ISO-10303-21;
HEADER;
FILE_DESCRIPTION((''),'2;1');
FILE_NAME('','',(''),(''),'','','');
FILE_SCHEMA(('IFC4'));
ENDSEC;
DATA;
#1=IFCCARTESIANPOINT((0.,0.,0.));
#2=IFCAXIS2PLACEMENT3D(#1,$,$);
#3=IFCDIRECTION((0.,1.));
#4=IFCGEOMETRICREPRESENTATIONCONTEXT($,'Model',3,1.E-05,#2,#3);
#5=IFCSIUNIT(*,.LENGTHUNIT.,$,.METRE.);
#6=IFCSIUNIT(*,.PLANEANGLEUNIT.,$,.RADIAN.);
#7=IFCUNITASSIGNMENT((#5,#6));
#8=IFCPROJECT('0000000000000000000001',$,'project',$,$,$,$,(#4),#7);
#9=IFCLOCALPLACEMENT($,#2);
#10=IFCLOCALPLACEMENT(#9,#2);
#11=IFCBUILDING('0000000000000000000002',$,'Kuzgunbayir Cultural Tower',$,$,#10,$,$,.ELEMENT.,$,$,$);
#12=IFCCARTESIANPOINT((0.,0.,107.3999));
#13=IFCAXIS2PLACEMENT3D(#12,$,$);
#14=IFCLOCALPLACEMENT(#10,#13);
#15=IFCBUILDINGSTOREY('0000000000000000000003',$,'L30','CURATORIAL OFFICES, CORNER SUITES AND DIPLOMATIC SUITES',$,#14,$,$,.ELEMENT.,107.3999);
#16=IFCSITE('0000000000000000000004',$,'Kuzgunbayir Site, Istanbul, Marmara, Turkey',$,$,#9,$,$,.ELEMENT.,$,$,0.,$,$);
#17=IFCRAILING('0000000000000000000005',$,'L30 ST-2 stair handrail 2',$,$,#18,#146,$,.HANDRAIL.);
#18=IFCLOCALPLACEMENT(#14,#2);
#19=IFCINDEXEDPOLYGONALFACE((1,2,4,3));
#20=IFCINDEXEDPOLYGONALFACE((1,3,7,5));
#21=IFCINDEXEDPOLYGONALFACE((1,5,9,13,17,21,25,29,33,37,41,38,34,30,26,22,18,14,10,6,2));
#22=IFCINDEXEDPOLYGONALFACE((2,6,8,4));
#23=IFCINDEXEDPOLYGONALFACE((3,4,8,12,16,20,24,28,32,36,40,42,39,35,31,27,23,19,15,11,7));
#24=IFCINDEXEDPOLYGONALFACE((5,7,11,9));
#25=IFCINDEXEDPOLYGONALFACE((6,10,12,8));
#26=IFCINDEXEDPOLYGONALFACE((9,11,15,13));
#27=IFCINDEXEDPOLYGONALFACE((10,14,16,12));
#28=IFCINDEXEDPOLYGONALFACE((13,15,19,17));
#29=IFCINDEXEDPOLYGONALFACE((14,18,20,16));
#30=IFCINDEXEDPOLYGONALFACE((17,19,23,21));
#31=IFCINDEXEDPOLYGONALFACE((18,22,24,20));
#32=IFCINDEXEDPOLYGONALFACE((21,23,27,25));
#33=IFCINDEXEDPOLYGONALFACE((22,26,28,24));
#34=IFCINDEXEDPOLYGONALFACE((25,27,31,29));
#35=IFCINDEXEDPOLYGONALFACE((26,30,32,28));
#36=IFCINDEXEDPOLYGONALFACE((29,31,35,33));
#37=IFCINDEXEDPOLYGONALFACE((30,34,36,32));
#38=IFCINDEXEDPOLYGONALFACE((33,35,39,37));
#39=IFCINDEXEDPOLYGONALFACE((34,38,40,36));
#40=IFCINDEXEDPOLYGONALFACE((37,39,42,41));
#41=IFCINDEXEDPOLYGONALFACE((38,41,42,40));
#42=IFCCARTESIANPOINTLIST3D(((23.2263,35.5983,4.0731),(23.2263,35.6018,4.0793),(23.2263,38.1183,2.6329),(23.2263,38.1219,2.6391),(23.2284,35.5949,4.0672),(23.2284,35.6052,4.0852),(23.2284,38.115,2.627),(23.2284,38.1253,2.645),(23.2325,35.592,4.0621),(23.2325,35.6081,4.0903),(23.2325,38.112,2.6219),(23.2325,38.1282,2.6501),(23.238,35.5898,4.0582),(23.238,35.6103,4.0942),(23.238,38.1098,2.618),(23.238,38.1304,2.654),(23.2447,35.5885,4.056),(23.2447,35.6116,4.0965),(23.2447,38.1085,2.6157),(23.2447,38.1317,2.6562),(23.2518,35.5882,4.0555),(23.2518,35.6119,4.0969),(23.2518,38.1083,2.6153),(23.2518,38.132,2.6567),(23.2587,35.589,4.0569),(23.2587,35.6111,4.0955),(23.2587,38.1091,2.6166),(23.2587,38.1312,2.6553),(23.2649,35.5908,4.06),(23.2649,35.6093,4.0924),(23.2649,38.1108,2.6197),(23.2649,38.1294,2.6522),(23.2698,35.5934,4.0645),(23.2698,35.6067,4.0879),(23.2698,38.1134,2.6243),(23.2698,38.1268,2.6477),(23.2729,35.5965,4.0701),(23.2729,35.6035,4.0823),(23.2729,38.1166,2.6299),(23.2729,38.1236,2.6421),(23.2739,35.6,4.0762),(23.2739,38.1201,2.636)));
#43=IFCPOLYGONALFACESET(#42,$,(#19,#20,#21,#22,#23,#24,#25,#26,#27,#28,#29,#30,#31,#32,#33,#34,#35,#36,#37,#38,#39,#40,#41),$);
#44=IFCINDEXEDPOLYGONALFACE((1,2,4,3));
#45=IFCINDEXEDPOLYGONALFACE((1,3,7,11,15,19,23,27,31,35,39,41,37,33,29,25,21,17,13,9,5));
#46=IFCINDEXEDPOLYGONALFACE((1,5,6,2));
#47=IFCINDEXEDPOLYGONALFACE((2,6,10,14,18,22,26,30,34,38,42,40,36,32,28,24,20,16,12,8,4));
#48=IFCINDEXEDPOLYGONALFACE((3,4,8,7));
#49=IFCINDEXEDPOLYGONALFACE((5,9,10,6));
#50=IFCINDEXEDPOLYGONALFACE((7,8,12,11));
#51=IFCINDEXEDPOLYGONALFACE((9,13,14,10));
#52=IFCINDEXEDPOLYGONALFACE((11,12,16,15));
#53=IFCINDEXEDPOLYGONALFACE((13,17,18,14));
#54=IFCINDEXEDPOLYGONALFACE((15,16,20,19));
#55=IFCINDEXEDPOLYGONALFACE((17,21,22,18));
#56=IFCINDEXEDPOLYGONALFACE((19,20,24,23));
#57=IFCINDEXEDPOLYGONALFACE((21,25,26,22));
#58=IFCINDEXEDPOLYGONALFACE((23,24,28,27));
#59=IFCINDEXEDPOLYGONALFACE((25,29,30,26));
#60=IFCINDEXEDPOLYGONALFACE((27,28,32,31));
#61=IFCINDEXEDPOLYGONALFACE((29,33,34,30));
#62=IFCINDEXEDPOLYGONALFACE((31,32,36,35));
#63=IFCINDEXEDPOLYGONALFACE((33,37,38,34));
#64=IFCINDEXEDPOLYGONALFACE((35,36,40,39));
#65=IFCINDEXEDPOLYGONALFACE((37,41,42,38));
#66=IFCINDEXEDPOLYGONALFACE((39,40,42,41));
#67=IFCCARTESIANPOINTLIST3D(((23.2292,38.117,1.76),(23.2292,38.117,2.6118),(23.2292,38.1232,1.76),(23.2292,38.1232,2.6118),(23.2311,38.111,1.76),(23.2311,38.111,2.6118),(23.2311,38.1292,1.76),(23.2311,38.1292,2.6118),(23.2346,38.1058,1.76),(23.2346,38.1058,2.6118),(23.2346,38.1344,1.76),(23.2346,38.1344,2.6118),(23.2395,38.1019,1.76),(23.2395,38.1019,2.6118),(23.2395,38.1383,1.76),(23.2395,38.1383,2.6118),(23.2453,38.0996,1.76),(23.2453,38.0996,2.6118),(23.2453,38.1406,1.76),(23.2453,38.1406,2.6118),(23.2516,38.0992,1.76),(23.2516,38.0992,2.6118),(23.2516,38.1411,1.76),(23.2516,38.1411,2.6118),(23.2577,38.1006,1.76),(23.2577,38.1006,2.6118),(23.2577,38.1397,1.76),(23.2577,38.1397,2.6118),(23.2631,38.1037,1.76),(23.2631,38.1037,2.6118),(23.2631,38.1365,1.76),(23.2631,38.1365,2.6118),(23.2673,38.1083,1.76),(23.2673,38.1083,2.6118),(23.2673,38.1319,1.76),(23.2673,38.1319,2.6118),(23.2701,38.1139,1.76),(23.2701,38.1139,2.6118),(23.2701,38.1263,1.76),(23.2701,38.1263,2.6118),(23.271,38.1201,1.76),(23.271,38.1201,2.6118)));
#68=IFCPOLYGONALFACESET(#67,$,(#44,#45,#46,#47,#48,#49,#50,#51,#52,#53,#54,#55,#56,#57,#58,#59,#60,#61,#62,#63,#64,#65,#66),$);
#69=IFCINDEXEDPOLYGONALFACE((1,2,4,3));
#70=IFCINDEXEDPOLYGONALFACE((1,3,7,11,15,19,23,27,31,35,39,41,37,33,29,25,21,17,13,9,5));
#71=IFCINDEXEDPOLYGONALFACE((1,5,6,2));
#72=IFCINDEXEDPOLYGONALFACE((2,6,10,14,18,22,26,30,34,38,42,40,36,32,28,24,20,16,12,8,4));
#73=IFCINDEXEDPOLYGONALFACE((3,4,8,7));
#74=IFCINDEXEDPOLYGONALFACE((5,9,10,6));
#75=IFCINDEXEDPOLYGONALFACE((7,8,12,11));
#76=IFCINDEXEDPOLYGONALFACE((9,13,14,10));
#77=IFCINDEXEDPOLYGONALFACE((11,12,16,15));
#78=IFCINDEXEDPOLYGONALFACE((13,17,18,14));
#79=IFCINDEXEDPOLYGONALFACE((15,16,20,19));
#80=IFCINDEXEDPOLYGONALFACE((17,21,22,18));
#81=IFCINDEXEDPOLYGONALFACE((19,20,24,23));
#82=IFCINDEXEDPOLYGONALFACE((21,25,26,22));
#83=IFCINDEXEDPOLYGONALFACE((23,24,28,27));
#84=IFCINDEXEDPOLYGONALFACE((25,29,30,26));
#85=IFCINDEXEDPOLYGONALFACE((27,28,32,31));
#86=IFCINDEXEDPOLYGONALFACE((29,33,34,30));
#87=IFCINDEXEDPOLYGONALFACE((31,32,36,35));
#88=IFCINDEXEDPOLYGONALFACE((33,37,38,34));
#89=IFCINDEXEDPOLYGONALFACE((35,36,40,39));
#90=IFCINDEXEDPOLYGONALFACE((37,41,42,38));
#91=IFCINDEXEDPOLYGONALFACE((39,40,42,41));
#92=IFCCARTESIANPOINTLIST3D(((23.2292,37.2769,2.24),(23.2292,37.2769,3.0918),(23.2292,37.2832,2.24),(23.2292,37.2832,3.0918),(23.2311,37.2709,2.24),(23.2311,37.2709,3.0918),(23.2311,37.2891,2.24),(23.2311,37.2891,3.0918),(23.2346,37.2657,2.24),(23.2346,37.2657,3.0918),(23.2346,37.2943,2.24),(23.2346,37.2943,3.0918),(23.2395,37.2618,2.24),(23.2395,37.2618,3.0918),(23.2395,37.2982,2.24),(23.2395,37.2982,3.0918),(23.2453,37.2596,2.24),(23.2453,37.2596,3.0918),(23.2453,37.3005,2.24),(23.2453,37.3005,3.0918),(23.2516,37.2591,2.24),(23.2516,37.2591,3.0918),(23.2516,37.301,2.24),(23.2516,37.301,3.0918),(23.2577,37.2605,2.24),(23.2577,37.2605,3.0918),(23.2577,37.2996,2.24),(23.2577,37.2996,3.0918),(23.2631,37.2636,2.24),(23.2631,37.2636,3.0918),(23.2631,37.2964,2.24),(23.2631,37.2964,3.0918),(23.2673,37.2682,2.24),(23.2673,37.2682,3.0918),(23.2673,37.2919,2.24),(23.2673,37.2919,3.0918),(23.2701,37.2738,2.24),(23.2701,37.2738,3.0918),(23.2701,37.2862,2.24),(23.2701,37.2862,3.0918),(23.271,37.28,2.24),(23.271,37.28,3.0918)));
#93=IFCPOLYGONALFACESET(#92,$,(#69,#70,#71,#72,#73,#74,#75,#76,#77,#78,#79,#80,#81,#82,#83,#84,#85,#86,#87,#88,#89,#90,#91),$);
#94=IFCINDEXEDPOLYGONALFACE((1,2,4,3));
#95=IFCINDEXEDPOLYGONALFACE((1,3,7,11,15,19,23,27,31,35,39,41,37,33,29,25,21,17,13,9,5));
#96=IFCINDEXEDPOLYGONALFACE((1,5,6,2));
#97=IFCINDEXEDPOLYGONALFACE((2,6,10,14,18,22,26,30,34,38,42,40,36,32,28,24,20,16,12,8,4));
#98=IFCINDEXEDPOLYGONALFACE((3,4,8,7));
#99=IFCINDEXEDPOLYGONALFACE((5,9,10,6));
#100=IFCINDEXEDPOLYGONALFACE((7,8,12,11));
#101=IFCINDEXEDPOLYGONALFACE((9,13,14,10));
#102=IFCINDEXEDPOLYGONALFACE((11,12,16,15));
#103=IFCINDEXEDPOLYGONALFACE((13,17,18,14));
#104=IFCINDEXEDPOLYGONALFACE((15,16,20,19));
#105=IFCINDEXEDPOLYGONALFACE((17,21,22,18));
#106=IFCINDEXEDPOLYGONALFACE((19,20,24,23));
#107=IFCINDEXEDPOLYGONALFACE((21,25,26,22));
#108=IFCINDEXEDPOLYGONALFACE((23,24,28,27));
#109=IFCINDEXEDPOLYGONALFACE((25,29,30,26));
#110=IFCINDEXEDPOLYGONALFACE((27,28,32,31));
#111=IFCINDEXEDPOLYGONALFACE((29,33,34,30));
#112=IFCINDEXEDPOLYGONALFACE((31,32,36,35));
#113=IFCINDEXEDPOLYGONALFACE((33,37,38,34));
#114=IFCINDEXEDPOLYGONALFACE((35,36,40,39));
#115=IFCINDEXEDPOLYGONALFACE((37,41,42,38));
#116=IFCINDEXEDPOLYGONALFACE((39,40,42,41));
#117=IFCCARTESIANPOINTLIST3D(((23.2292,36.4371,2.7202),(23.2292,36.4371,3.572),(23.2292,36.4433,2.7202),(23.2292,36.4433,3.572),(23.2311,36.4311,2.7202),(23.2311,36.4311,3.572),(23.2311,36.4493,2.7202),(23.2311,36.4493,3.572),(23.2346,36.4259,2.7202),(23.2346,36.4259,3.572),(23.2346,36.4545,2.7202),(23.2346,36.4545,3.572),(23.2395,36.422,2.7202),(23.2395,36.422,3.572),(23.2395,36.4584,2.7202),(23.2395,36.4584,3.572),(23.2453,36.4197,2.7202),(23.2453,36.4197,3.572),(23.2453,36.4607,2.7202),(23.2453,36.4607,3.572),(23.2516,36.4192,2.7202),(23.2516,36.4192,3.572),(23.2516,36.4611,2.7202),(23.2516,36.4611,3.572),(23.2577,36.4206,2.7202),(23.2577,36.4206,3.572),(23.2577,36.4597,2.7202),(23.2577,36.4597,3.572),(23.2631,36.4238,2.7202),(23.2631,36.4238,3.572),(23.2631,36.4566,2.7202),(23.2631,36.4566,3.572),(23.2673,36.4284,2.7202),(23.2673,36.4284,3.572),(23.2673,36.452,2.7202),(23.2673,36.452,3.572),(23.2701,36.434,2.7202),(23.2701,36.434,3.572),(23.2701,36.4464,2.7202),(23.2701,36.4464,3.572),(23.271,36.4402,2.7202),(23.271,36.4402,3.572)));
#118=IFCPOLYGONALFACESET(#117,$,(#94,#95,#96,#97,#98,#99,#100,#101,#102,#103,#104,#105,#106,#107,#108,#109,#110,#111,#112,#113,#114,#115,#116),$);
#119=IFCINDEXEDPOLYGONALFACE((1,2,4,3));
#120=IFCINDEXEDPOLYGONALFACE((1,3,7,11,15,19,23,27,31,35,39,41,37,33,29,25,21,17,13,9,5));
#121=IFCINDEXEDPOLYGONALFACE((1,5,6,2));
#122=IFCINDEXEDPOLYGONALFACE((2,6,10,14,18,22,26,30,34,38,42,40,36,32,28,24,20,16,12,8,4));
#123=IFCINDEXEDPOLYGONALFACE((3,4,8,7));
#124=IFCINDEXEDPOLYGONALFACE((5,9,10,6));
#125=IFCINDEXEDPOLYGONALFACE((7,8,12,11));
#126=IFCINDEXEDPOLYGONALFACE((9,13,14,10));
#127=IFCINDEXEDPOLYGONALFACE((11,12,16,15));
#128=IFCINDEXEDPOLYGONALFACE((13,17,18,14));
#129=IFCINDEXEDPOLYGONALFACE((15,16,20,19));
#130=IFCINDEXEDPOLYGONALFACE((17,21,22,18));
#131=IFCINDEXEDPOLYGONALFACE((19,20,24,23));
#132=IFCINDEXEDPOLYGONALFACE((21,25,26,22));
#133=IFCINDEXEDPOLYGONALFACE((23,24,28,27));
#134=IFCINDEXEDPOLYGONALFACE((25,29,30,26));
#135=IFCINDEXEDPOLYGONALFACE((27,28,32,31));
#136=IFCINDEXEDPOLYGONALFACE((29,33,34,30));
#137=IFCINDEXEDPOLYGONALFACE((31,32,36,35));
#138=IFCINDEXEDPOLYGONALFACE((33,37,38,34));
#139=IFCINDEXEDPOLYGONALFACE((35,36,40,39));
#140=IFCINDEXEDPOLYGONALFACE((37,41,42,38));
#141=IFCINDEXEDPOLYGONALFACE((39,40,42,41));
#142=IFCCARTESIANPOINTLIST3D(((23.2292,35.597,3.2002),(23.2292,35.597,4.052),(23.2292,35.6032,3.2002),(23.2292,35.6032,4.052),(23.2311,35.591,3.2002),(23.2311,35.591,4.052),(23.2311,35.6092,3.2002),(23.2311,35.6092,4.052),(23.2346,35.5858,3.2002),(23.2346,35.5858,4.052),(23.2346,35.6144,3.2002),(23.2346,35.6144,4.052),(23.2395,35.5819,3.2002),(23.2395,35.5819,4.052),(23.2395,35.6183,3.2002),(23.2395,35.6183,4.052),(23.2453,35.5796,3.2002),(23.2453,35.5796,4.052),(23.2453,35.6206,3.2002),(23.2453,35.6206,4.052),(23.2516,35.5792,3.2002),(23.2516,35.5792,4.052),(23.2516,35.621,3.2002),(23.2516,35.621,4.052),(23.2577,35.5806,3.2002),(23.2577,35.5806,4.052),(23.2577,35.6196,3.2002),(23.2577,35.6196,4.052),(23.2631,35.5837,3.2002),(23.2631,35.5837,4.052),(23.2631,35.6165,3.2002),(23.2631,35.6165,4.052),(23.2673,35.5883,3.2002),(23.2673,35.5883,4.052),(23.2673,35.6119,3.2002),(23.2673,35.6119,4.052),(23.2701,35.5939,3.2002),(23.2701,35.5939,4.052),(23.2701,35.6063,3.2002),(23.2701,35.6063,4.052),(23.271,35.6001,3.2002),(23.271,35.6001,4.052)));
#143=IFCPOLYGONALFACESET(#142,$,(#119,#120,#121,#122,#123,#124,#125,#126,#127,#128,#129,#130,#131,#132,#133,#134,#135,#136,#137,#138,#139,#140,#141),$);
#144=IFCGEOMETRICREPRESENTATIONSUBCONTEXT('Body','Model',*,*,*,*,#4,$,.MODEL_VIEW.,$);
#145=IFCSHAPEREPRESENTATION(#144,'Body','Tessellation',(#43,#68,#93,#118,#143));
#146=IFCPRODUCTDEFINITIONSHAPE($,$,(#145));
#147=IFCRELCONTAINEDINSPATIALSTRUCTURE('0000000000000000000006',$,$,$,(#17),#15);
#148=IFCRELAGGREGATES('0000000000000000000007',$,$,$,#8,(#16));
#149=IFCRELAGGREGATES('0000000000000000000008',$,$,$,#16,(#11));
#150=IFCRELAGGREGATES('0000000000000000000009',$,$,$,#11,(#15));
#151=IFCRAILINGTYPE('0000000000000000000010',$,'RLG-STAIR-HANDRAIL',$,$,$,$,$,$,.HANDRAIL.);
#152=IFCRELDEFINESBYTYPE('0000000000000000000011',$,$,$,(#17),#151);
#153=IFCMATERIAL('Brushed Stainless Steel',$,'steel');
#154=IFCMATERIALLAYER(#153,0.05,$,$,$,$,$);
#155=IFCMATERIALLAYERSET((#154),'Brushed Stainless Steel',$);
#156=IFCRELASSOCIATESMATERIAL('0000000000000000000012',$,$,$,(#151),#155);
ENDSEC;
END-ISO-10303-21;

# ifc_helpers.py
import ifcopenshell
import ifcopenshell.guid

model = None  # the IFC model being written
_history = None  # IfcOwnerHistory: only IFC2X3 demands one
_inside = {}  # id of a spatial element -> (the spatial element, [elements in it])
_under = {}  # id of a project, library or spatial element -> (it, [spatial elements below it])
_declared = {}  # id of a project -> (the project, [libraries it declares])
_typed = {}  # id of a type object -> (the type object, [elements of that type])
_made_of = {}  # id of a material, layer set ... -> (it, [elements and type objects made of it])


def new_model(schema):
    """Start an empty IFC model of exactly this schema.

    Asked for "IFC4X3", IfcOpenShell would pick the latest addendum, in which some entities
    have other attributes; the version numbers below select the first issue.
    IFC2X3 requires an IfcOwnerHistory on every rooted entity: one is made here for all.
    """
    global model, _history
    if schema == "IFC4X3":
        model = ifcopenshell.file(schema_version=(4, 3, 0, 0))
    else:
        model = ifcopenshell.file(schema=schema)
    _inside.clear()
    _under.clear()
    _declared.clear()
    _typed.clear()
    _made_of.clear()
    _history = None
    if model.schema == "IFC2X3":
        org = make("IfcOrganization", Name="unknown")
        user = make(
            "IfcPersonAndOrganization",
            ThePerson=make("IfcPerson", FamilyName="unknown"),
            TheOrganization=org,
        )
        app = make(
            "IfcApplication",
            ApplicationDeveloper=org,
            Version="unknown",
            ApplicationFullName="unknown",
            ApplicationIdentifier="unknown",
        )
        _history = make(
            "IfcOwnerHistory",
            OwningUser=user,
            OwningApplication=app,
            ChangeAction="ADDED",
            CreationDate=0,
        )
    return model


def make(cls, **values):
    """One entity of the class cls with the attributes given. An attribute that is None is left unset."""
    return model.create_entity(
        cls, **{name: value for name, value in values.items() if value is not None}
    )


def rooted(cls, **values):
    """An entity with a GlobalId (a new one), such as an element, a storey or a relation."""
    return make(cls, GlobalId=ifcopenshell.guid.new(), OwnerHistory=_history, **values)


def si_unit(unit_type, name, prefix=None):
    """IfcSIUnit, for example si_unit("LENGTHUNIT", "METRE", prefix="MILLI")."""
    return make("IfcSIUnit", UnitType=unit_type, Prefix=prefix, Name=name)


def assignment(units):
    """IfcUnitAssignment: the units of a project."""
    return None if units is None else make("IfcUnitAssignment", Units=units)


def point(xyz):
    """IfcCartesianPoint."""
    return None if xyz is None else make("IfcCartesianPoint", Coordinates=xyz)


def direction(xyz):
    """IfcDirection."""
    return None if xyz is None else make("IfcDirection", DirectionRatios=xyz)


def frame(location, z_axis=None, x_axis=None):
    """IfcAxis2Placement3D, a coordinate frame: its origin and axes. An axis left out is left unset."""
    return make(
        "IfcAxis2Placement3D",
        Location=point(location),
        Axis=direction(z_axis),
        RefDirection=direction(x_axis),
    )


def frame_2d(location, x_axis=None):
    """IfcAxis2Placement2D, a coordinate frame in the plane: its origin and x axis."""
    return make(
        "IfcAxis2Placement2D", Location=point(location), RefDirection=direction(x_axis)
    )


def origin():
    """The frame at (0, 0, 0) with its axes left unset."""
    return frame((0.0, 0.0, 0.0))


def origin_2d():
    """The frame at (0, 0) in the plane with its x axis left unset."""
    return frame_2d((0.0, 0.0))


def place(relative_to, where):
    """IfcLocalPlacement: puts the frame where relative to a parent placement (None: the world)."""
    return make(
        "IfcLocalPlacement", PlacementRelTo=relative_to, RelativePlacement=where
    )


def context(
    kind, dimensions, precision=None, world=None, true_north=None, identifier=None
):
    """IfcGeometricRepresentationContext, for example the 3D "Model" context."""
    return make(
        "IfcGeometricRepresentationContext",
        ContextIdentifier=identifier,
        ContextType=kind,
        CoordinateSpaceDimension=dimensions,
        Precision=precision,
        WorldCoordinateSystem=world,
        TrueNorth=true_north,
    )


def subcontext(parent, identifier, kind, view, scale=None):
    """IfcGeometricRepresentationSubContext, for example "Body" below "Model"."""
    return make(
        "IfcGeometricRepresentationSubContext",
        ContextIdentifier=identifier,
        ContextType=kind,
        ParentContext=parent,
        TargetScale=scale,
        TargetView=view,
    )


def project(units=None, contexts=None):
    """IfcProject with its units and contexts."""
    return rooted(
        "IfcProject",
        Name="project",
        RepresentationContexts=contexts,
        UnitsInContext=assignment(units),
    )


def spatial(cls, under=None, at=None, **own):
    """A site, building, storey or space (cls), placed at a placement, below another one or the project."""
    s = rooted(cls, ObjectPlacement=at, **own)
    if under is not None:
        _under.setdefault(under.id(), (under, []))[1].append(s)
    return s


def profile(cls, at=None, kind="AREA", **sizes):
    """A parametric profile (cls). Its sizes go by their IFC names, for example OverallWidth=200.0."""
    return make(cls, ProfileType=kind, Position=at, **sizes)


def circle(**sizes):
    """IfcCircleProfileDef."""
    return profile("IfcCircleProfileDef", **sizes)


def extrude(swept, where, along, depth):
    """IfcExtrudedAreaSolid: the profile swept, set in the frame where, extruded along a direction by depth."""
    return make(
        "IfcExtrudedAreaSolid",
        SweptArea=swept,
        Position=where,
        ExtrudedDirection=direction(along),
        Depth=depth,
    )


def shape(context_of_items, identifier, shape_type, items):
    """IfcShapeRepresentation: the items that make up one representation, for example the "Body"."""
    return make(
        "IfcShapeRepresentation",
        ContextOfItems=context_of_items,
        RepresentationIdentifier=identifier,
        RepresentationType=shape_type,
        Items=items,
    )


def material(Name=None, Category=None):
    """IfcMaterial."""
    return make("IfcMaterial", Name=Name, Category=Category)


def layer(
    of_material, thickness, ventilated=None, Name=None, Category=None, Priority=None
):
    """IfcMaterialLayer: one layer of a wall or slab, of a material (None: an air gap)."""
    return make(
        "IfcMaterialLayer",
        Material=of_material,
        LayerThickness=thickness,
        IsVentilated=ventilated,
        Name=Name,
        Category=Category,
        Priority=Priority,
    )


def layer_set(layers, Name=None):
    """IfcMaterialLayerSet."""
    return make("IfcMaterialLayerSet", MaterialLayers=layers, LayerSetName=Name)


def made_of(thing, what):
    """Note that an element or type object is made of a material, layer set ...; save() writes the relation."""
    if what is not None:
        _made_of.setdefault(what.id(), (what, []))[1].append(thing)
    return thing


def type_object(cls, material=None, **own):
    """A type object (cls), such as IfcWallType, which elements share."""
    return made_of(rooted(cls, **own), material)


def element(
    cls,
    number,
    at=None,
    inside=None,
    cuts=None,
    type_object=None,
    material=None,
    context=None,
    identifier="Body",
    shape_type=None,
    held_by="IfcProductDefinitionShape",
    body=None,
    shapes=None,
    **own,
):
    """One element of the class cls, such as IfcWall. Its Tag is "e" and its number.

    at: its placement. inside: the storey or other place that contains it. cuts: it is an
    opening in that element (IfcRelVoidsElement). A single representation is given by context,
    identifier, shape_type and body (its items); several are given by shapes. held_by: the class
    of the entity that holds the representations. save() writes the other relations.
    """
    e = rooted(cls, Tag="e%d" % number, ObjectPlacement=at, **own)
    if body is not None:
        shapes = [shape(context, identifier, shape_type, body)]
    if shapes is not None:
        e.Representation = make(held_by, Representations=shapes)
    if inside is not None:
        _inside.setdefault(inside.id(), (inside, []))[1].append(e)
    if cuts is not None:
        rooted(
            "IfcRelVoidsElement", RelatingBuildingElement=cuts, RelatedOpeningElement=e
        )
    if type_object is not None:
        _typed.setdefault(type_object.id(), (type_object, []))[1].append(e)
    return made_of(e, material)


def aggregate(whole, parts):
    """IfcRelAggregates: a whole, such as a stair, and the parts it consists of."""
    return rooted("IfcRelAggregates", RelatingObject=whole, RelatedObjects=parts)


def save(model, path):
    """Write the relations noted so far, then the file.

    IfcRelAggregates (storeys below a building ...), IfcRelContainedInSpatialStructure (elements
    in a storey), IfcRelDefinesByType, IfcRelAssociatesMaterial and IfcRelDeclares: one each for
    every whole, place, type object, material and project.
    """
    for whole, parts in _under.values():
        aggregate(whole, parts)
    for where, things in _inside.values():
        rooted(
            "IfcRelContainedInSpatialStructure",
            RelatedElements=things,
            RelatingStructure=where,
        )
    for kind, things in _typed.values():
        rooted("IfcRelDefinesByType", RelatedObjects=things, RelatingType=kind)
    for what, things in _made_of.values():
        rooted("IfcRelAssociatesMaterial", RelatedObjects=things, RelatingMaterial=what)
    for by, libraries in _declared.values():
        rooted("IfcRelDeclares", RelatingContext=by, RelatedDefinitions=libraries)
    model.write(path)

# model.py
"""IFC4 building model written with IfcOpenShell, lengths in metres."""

from ifc_helpers import new_model, si_unit, direction, frame, origin, origin_2d, place, context, subcontext, project, spatial, circle, extrude, material, layer, layer_set, type_object, element, save


model = new_model("IFC4")

# Units and contexts
model_context = context("Model", 3, precision=1e-05, world=origin(), true_north=direction((0.0, 1.0)))
body_context = subcontext(model_context, "Body", "Model", "MODEL_VIEW")
ifc_project = project(units=[si_unit("LENGTHUNIT", "METRE"), si_unit("PLANEANGLEUNIT", "RADIAN")], contexts=[model_context])

# Site, building, storey
site_placement = place(None, origin())
site = spatial("IfcSite", under=ifc_project, at=site_placement, Name="Kuzgunbayir Site, Istanbul, Marmara, Turkey", CompositionType="ELEMENT", RefElevation=0.0)
building_placement = place(site_placement, origin())
building = spatial("IfcBuilding", under=site, at=building_placement, Name="Kuzgunbayir Cultural Tower", CompositionType="ELEMENT")
storey_placement = place(building_placement, frame((0.0, 0.0, 107.3999)))
storey = spatial("IfcBuildingStorey", under=building, at=storey_placement, Name="L30", Description="CURATORIAL OFFICES, CORNER SUITES AND DIPLOMATIC SUITES", CompositionType="ELEMENT", Elevation=107.3999)

# Shared definitions
ifc_material_1 = material(Name="Brushed Stainless Steel", Category="steel")

# Railing
ifc_layer_1 = layer(ifc_material_1, 0.05)
ifc_layer_set_1 = layer_set([ifc_layer_1], Name="Brushed Stainless Steel")
railing_type_1 = type_object("IfcRailingType", Name="RLG-STAIR-HANDRAIL", PredefinedType="HANDRAIL", material=ifc_layer_set_1)
railing_1_placement = place(storey_placement, frame((23.25, 38.1201, 1.76)))
element("IfcRailing", 1, at=railing_1_placement, inside=storey, type_object=railing_type_1, Name="L30 ST-2 stair handrail 2", PredefinedType="HANDRAIL", context=body_context, shape_type="SweptSolid", body=[
    extrude(circle(Radius=0.0239, at=origin_2d()), frame((0.0, 0.0, 0.876), z_axis=(0.0, -0.868217, 0.496184), x_axis=(1.0, 0.0, 0.0)), (0.0, 0.0, 1.0), 2.9026),
    extrude(circle(Radius=0.021, at=origin_2d()), origin(), (0.0, 0.0, 1.0), 0.8518),
    extrude(circle(Radius=0.021, at=origin_2d()), frame((0.0, -0.8401, 0.48)), (0.0, 0.0, 1.0), 0.8518),
    extrude(circle(Radius=0.021, at=origin_2d()), frame((0.0, -1.6799, 0.9602)), (0.0, 0.0, 1.0), 0.8518),
    extrude(circle(Radius=0.021, at=origin_2d()), frame((0.0, -2.52, 1.4402)), (0.0, 0.0, 1.0), 0.8518),
])

save(model, "model.ifc")
